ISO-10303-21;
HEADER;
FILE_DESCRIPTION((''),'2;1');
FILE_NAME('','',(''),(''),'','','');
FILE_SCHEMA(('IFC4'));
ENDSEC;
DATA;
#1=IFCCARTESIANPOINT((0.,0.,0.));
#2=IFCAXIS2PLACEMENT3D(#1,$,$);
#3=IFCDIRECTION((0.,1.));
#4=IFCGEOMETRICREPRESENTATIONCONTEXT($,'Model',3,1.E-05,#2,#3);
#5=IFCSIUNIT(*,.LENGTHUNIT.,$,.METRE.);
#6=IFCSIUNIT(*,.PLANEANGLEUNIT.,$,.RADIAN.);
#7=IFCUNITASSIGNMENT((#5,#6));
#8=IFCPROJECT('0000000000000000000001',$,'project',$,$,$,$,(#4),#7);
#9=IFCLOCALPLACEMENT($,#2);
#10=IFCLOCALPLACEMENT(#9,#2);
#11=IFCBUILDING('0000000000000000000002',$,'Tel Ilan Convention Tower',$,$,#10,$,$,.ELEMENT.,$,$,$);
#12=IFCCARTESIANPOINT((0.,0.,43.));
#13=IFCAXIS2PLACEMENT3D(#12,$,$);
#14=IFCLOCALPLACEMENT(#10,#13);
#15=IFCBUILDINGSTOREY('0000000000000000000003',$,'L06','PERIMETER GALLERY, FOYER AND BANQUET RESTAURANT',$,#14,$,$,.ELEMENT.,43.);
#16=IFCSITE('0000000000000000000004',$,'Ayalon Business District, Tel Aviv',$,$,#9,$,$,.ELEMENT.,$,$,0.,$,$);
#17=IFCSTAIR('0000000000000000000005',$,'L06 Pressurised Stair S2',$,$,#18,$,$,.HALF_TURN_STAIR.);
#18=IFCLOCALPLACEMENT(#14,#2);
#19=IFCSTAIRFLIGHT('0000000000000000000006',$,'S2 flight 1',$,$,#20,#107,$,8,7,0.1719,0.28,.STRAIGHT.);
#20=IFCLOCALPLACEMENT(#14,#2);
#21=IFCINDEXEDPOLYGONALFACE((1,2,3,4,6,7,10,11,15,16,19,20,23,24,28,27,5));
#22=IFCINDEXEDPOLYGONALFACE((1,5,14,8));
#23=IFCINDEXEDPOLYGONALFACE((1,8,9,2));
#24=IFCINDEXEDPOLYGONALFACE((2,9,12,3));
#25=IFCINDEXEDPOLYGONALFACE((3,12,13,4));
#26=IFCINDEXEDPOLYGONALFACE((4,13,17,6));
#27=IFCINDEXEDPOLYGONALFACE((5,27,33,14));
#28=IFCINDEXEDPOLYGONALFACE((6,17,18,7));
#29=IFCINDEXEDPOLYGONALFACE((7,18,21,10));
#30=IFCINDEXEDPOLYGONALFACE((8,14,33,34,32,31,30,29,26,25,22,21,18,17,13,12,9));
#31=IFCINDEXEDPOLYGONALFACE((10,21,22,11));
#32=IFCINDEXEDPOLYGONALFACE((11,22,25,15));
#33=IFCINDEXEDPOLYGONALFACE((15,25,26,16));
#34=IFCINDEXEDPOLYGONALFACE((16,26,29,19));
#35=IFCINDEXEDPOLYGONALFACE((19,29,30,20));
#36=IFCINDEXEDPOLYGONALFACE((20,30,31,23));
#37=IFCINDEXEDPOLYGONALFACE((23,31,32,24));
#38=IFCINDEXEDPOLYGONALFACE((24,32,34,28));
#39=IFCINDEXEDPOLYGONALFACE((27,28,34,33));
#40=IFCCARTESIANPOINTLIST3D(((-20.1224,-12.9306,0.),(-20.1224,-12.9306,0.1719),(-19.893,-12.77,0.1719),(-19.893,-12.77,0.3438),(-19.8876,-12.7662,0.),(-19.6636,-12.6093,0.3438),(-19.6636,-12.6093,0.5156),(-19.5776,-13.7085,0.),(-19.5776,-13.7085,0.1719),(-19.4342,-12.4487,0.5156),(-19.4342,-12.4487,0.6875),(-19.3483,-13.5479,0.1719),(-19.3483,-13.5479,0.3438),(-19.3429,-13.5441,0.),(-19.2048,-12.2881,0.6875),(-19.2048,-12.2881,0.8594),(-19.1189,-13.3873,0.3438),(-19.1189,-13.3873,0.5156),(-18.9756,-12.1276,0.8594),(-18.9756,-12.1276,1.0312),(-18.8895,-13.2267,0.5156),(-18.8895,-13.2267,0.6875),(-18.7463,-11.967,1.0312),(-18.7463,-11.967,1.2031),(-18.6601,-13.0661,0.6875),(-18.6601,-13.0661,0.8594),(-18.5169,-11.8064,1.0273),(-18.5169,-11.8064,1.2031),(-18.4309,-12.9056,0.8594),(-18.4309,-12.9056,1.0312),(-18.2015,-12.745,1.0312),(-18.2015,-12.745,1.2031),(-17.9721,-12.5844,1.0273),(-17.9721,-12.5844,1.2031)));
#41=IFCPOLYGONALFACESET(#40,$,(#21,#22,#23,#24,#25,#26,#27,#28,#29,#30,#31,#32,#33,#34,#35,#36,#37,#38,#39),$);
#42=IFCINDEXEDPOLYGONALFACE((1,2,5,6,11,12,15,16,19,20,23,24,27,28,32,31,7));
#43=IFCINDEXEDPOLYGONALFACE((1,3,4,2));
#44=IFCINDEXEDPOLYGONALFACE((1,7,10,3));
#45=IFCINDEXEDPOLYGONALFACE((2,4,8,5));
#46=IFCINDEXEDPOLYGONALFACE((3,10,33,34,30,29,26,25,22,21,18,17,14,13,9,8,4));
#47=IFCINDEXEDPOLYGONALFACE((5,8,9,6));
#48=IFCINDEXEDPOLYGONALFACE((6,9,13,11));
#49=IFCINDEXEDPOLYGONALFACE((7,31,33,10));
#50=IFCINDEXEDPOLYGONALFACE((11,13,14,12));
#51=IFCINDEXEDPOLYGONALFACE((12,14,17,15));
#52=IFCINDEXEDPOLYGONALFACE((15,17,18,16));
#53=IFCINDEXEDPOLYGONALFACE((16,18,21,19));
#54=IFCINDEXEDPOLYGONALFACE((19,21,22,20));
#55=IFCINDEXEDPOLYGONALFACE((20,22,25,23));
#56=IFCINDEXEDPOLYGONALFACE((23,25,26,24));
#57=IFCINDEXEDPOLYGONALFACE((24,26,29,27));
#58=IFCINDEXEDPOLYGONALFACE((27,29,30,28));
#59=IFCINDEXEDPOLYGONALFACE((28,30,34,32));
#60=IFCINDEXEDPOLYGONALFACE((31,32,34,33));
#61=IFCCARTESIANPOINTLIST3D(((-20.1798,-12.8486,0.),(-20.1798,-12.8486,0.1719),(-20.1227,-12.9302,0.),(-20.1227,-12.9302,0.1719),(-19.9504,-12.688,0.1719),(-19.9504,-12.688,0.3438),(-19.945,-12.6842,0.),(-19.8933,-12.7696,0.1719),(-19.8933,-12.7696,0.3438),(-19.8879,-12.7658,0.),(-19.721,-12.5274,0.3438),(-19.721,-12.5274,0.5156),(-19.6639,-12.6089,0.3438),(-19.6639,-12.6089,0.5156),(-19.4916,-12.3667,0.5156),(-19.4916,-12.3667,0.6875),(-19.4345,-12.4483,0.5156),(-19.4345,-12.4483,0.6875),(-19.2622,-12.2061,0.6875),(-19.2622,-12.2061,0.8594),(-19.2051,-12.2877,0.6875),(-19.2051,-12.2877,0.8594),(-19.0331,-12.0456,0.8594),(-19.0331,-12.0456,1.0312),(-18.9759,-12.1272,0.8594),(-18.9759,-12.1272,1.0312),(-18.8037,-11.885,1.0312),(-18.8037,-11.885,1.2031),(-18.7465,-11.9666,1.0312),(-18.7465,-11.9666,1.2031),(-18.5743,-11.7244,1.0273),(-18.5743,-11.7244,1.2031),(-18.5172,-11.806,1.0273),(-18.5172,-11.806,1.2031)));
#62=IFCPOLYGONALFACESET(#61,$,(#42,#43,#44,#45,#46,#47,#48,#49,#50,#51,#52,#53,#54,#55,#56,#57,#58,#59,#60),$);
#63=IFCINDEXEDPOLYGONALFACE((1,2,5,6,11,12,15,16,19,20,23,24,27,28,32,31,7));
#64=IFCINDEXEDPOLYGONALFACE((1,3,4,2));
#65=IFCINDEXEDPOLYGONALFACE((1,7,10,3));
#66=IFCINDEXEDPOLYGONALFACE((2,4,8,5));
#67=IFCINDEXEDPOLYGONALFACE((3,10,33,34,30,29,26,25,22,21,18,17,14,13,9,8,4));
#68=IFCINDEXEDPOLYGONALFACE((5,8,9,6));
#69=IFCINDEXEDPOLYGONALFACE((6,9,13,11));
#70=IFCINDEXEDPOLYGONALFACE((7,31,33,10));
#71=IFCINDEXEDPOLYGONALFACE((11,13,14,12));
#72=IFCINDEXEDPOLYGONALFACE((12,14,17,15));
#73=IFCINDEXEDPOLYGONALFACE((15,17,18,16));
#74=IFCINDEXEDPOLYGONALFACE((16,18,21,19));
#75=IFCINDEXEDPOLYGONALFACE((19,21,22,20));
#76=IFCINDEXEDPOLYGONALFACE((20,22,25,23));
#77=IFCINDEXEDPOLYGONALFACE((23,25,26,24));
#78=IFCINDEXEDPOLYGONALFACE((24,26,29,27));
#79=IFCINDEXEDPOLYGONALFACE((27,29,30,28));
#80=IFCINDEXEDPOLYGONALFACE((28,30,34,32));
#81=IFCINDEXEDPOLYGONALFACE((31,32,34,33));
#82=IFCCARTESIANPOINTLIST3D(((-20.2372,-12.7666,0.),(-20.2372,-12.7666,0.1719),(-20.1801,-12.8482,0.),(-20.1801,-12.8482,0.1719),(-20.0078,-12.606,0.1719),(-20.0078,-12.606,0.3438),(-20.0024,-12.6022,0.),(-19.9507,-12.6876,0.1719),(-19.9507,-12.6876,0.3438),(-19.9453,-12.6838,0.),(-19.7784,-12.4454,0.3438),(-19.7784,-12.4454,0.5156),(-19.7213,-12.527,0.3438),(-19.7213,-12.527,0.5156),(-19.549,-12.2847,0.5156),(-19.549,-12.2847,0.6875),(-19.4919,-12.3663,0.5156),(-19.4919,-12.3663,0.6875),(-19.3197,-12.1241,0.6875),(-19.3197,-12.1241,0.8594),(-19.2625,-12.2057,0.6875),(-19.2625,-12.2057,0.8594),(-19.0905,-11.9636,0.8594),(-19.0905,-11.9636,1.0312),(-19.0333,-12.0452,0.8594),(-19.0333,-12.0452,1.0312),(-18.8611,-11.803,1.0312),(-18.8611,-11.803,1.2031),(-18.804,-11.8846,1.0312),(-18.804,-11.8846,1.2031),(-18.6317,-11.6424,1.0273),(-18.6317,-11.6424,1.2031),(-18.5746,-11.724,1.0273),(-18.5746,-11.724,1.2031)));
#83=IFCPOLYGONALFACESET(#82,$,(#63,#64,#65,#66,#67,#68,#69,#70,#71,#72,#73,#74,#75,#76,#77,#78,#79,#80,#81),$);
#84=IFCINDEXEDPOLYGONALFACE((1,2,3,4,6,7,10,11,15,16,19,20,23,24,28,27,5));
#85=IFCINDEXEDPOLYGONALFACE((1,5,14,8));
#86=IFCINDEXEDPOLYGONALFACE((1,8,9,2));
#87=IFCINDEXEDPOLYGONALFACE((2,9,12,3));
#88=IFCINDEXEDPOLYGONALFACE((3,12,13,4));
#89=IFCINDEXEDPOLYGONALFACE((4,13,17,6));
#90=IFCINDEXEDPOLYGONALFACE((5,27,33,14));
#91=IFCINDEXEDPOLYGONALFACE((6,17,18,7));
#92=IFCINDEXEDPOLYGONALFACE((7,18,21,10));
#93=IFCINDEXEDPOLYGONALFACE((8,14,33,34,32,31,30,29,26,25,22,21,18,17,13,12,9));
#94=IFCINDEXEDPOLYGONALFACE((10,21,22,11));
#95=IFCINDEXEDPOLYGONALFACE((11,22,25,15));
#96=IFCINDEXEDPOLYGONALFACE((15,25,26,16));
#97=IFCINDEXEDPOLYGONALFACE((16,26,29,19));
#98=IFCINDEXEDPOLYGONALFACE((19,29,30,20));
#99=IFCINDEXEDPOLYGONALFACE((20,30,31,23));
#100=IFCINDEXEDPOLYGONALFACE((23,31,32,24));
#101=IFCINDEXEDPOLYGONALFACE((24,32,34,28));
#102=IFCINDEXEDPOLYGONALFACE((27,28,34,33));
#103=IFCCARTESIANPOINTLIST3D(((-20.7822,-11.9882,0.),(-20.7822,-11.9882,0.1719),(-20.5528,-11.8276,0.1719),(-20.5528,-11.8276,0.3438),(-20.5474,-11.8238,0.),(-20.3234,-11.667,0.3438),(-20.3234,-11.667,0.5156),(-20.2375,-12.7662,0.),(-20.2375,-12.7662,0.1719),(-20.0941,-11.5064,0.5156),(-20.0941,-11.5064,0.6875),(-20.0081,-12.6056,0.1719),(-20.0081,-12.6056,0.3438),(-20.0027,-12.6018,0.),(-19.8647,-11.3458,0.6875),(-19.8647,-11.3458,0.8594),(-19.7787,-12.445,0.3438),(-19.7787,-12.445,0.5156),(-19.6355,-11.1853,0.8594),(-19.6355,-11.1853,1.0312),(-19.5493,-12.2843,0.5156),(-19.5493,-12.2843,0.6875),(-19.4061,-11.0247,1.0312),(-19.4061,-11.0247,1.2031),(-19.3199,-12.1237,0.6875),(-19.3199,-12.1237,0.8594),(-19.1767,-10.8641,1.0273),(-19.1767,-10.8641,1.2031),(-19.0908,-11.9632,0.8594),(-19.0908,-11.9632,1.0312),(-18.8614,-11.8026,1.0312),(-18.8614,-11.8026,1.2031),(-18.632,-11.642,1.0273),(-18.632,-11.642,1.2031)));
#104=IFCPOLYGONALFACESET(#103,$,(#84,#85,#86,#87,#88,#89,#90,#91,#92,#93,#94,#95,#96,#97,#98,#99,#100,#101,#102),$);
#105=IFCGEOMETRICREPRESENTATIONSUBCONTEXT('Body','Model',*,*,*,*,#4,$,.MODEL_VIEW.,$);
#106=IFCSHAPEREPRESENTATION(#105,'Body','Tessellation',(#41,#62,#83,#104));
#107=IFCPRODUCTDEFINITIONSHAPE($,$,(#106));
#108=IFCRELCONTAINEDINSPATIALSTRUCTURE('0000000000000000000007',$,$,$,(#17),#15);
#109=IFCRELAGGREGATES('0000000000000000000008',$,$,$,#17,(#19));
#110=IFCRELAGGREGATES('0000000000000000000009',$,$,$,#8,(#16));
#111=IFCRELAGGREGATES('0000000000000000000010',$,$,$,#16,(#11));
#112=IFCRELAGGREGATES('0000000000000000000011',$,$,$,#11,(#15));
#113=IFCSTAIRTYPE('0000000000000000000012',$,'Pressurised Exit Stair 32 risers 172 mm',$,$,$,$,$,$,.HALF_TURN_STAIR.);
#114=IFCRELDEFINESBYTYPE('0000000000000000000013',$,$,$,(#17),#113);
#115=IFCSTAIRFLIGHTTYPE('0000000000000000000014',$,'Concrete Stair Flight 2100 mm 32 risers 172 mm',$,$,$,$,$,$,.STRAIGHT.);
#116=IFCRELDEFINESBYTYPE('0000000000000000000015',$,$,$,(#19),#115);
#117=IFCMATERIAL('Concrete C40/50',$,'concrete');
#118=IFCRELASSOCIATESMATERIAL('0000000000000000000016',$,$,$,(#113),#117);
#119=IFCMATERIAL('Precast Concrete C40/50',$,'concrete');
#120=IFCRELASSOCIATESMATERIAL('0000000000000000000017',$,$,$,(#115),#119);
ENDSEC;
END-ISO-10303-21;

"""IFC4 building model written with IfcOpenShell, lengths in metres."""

from ifc_helpers import new_model, si_unit, direction, frame, origin, place, context, subcontext, project, spatial, polyline, outline, extrude, material, type_object, element, aggregate, save


model = new_model("IFC4")

# Units and contexts
model_context = context("Model", 3, precision=1e-05, world=origin(), true_north=direction((0.0, 1.0)))
body_context = subcontext(model_context, "Body", "Model", "MODEL_VIEW")
ifc_project = project(units=[si_unit("LENGTHUNIT", "METRE"), si_unit("PLANEANGLEUNIT", "RADIAN")], contexts=[model_context])

# Site, building, storey
site_placement = place(None, origin())
site = spatial("IfcSite", under=ifc_project, at=site_placement, Name="Ayalon Business District, Tel Aviv", CompositionType="ELEMENT", RefElevation=0.0)
building_placement = place(site_placement, origin())
building = spatial("IfcBuilding", under=site, at=building_placement, Name="Tel Ilan Convention Tower", CompositionType="ELEMENT")
storey_placement = place(building_placement, frame((0.0, 0.0, 43.0)))
storey = spatial("IfcBuildingStorey", under=building, at=storey_placement, Name="L06", Description="PERIMETER GALLERY, FOYER AND BANQUET RESTAURANT", CompositionType="ELEMENT", Elevation=43.0)

# Stair, stair flight
ifc_material_1 = material(Name="Concrete C40/50", Category="concrete")
stair_type = type_object("IfcStairType", Name="Pressurised Exit Stair 32 risers 172 mm", PredefinedType="HALF_TURN_STAIR", material=ifc_material_1)
ifc_material_2 = material(Name="Precast Concrete C40/50", Category="concrete")
stair_flight_type = type_object("IfcStairFlightType", Name="Concrete Stair Flight 2100 mm 32 risers 172 mm", PredefinedType="STRAIGHT", material=ifc_material_2)
stair_1_placement = place(storey_placement, origin())
stair_1 = element("IfcStair", 1, at=stair_1_placement, inside=storey, type_object=stair_type, Name="L06 Pressurised Stair S2", PredefinedType="HALF_TURN_STAIR")
stair_flight_1_placement = place(storey_placement, frame((-20.1799, -12.8484, 0.0), z_axis=(0.0, 0.0, 1.0), x_axis=(0.819152, 0.573576, 0.0)))
stair_flight_1 = element("IfcStairFlight", 2, at=stair_flight_1_placement, type_object=stair_flight_type, Name="S2 flight 1", NumberOfRisers=8, NumberOfTreads=7, PredefinedType="STRAIGHT", RiserHeight=0.1719, TreadLength=0.28, context=body_context, shape_type="SweptSolid", body=[
    extrude(outline(polyline([(0.0, 0.0), (0.0, 0.1719), (0.28, 0.1719), (0.28, 0.3438), (0.5601, 0.3438), (0.5601, 0.5156), (0.8401, 0.5156), (0.8401, 0.6875), (1.1201, 0.6875), (1.1201, 0.8594), (1.3999, 0.8594), (1.3999, 1.0312), (1.6799, 1.0312), (1.6799, 1.2031), (1.96, 1.2031), (1.96, 1.375), (1.96, 1.0273), (0.2866, 0.0), (0.0, 0.0)])), frame((0.0, -0.1003, 0.0), z_axis=(0.0, -1.0, 0.0), x_axis=(1.0, 0.0, 0.0)), (0.0, 0.0, 1.0), 0.9497),
    extrude(outline(polyline([(0.0, 0.0), (0.0, 0.1719), (0.28, 0.1719), (0.28, 0.3438), (0.5601, 0.3438), (0.5601, 0.5156), (0.8401, 0.5156), (0.8401, 0.6875), (1.1201, 0.6875), (1.1201, 0.8594), (1.3999, 0.8594), (1.3999, 1.0312), (1.6799, 1.0312), (1.6799, 1.2031), (1.96, 1.2031), (1.96, 1.375), (1.96, 1.0273), (0.2866, 0.0), (0.0, 0.0)])), frame((0.0, -0.0002, 0.0), z_axis=(0.0, -1.0, 0.0), x_axis=(1.0, 0.0, 0.0)), (0.0, 0.0, 1.0), 0.0996),
    extrude(outline(polyline([(0.0, 0.0), (0.0, 0.1719), (0.28, 0.1719), (0.28, 0.3438), (0.5601, 0.3438), (0.5601, 0.5156), (0.8401, 0.5156), (0.8401, 0.6875), (1.1201, 0.6875), (1.1201, 0.8594), (1.3999, 0.8594), (1.3999, 1.0312), (1.6799, 1.0312), (1.6799, 1.2031), (1.96, 1.2031), (1.96, 1.375), (1.96, 1.0273), (0.2866, 0.0), (0.0, 0.0)])), frame((0.0, 0.0999, 0.0), z_axis=(0.0, -1.0, 0.0), x_axis=(1.0, 0.0, 0.0)), (0.0, 0.0, 1.0), 0.0996),
    extrude(outline(polyline([(0.0, 0.0), (0.0, 0.1719), (0.28, 0.1719), (0.28, 0.3438), (0.5601, 0.3438), (0.5601, 0.5156), (0.8401, 0.5156), (0.8401, 0.6875), (1.1201, 0.6875), (1.1201, 0.8594), (1.3999, 0.8594), (1.3999, 1.0312), (1.6799, 1.0312), (1.6799, 1.2031), (1.96, 1.2031), (1.96, 1.375), (1.96, 1.0273), (0.2866, 0.0), (0.0, 0.0)])), frame((0.0, 1.05, 0.0), z_axis=(0.0, -1.0, 0.0), x_axis=(1.0, 0.0, 0.0)), (0.0, 0.0, 1.0), 0.9497),
])
aggregate(stair_1, [stair_flight_1])

save(model, "model.ifc")
